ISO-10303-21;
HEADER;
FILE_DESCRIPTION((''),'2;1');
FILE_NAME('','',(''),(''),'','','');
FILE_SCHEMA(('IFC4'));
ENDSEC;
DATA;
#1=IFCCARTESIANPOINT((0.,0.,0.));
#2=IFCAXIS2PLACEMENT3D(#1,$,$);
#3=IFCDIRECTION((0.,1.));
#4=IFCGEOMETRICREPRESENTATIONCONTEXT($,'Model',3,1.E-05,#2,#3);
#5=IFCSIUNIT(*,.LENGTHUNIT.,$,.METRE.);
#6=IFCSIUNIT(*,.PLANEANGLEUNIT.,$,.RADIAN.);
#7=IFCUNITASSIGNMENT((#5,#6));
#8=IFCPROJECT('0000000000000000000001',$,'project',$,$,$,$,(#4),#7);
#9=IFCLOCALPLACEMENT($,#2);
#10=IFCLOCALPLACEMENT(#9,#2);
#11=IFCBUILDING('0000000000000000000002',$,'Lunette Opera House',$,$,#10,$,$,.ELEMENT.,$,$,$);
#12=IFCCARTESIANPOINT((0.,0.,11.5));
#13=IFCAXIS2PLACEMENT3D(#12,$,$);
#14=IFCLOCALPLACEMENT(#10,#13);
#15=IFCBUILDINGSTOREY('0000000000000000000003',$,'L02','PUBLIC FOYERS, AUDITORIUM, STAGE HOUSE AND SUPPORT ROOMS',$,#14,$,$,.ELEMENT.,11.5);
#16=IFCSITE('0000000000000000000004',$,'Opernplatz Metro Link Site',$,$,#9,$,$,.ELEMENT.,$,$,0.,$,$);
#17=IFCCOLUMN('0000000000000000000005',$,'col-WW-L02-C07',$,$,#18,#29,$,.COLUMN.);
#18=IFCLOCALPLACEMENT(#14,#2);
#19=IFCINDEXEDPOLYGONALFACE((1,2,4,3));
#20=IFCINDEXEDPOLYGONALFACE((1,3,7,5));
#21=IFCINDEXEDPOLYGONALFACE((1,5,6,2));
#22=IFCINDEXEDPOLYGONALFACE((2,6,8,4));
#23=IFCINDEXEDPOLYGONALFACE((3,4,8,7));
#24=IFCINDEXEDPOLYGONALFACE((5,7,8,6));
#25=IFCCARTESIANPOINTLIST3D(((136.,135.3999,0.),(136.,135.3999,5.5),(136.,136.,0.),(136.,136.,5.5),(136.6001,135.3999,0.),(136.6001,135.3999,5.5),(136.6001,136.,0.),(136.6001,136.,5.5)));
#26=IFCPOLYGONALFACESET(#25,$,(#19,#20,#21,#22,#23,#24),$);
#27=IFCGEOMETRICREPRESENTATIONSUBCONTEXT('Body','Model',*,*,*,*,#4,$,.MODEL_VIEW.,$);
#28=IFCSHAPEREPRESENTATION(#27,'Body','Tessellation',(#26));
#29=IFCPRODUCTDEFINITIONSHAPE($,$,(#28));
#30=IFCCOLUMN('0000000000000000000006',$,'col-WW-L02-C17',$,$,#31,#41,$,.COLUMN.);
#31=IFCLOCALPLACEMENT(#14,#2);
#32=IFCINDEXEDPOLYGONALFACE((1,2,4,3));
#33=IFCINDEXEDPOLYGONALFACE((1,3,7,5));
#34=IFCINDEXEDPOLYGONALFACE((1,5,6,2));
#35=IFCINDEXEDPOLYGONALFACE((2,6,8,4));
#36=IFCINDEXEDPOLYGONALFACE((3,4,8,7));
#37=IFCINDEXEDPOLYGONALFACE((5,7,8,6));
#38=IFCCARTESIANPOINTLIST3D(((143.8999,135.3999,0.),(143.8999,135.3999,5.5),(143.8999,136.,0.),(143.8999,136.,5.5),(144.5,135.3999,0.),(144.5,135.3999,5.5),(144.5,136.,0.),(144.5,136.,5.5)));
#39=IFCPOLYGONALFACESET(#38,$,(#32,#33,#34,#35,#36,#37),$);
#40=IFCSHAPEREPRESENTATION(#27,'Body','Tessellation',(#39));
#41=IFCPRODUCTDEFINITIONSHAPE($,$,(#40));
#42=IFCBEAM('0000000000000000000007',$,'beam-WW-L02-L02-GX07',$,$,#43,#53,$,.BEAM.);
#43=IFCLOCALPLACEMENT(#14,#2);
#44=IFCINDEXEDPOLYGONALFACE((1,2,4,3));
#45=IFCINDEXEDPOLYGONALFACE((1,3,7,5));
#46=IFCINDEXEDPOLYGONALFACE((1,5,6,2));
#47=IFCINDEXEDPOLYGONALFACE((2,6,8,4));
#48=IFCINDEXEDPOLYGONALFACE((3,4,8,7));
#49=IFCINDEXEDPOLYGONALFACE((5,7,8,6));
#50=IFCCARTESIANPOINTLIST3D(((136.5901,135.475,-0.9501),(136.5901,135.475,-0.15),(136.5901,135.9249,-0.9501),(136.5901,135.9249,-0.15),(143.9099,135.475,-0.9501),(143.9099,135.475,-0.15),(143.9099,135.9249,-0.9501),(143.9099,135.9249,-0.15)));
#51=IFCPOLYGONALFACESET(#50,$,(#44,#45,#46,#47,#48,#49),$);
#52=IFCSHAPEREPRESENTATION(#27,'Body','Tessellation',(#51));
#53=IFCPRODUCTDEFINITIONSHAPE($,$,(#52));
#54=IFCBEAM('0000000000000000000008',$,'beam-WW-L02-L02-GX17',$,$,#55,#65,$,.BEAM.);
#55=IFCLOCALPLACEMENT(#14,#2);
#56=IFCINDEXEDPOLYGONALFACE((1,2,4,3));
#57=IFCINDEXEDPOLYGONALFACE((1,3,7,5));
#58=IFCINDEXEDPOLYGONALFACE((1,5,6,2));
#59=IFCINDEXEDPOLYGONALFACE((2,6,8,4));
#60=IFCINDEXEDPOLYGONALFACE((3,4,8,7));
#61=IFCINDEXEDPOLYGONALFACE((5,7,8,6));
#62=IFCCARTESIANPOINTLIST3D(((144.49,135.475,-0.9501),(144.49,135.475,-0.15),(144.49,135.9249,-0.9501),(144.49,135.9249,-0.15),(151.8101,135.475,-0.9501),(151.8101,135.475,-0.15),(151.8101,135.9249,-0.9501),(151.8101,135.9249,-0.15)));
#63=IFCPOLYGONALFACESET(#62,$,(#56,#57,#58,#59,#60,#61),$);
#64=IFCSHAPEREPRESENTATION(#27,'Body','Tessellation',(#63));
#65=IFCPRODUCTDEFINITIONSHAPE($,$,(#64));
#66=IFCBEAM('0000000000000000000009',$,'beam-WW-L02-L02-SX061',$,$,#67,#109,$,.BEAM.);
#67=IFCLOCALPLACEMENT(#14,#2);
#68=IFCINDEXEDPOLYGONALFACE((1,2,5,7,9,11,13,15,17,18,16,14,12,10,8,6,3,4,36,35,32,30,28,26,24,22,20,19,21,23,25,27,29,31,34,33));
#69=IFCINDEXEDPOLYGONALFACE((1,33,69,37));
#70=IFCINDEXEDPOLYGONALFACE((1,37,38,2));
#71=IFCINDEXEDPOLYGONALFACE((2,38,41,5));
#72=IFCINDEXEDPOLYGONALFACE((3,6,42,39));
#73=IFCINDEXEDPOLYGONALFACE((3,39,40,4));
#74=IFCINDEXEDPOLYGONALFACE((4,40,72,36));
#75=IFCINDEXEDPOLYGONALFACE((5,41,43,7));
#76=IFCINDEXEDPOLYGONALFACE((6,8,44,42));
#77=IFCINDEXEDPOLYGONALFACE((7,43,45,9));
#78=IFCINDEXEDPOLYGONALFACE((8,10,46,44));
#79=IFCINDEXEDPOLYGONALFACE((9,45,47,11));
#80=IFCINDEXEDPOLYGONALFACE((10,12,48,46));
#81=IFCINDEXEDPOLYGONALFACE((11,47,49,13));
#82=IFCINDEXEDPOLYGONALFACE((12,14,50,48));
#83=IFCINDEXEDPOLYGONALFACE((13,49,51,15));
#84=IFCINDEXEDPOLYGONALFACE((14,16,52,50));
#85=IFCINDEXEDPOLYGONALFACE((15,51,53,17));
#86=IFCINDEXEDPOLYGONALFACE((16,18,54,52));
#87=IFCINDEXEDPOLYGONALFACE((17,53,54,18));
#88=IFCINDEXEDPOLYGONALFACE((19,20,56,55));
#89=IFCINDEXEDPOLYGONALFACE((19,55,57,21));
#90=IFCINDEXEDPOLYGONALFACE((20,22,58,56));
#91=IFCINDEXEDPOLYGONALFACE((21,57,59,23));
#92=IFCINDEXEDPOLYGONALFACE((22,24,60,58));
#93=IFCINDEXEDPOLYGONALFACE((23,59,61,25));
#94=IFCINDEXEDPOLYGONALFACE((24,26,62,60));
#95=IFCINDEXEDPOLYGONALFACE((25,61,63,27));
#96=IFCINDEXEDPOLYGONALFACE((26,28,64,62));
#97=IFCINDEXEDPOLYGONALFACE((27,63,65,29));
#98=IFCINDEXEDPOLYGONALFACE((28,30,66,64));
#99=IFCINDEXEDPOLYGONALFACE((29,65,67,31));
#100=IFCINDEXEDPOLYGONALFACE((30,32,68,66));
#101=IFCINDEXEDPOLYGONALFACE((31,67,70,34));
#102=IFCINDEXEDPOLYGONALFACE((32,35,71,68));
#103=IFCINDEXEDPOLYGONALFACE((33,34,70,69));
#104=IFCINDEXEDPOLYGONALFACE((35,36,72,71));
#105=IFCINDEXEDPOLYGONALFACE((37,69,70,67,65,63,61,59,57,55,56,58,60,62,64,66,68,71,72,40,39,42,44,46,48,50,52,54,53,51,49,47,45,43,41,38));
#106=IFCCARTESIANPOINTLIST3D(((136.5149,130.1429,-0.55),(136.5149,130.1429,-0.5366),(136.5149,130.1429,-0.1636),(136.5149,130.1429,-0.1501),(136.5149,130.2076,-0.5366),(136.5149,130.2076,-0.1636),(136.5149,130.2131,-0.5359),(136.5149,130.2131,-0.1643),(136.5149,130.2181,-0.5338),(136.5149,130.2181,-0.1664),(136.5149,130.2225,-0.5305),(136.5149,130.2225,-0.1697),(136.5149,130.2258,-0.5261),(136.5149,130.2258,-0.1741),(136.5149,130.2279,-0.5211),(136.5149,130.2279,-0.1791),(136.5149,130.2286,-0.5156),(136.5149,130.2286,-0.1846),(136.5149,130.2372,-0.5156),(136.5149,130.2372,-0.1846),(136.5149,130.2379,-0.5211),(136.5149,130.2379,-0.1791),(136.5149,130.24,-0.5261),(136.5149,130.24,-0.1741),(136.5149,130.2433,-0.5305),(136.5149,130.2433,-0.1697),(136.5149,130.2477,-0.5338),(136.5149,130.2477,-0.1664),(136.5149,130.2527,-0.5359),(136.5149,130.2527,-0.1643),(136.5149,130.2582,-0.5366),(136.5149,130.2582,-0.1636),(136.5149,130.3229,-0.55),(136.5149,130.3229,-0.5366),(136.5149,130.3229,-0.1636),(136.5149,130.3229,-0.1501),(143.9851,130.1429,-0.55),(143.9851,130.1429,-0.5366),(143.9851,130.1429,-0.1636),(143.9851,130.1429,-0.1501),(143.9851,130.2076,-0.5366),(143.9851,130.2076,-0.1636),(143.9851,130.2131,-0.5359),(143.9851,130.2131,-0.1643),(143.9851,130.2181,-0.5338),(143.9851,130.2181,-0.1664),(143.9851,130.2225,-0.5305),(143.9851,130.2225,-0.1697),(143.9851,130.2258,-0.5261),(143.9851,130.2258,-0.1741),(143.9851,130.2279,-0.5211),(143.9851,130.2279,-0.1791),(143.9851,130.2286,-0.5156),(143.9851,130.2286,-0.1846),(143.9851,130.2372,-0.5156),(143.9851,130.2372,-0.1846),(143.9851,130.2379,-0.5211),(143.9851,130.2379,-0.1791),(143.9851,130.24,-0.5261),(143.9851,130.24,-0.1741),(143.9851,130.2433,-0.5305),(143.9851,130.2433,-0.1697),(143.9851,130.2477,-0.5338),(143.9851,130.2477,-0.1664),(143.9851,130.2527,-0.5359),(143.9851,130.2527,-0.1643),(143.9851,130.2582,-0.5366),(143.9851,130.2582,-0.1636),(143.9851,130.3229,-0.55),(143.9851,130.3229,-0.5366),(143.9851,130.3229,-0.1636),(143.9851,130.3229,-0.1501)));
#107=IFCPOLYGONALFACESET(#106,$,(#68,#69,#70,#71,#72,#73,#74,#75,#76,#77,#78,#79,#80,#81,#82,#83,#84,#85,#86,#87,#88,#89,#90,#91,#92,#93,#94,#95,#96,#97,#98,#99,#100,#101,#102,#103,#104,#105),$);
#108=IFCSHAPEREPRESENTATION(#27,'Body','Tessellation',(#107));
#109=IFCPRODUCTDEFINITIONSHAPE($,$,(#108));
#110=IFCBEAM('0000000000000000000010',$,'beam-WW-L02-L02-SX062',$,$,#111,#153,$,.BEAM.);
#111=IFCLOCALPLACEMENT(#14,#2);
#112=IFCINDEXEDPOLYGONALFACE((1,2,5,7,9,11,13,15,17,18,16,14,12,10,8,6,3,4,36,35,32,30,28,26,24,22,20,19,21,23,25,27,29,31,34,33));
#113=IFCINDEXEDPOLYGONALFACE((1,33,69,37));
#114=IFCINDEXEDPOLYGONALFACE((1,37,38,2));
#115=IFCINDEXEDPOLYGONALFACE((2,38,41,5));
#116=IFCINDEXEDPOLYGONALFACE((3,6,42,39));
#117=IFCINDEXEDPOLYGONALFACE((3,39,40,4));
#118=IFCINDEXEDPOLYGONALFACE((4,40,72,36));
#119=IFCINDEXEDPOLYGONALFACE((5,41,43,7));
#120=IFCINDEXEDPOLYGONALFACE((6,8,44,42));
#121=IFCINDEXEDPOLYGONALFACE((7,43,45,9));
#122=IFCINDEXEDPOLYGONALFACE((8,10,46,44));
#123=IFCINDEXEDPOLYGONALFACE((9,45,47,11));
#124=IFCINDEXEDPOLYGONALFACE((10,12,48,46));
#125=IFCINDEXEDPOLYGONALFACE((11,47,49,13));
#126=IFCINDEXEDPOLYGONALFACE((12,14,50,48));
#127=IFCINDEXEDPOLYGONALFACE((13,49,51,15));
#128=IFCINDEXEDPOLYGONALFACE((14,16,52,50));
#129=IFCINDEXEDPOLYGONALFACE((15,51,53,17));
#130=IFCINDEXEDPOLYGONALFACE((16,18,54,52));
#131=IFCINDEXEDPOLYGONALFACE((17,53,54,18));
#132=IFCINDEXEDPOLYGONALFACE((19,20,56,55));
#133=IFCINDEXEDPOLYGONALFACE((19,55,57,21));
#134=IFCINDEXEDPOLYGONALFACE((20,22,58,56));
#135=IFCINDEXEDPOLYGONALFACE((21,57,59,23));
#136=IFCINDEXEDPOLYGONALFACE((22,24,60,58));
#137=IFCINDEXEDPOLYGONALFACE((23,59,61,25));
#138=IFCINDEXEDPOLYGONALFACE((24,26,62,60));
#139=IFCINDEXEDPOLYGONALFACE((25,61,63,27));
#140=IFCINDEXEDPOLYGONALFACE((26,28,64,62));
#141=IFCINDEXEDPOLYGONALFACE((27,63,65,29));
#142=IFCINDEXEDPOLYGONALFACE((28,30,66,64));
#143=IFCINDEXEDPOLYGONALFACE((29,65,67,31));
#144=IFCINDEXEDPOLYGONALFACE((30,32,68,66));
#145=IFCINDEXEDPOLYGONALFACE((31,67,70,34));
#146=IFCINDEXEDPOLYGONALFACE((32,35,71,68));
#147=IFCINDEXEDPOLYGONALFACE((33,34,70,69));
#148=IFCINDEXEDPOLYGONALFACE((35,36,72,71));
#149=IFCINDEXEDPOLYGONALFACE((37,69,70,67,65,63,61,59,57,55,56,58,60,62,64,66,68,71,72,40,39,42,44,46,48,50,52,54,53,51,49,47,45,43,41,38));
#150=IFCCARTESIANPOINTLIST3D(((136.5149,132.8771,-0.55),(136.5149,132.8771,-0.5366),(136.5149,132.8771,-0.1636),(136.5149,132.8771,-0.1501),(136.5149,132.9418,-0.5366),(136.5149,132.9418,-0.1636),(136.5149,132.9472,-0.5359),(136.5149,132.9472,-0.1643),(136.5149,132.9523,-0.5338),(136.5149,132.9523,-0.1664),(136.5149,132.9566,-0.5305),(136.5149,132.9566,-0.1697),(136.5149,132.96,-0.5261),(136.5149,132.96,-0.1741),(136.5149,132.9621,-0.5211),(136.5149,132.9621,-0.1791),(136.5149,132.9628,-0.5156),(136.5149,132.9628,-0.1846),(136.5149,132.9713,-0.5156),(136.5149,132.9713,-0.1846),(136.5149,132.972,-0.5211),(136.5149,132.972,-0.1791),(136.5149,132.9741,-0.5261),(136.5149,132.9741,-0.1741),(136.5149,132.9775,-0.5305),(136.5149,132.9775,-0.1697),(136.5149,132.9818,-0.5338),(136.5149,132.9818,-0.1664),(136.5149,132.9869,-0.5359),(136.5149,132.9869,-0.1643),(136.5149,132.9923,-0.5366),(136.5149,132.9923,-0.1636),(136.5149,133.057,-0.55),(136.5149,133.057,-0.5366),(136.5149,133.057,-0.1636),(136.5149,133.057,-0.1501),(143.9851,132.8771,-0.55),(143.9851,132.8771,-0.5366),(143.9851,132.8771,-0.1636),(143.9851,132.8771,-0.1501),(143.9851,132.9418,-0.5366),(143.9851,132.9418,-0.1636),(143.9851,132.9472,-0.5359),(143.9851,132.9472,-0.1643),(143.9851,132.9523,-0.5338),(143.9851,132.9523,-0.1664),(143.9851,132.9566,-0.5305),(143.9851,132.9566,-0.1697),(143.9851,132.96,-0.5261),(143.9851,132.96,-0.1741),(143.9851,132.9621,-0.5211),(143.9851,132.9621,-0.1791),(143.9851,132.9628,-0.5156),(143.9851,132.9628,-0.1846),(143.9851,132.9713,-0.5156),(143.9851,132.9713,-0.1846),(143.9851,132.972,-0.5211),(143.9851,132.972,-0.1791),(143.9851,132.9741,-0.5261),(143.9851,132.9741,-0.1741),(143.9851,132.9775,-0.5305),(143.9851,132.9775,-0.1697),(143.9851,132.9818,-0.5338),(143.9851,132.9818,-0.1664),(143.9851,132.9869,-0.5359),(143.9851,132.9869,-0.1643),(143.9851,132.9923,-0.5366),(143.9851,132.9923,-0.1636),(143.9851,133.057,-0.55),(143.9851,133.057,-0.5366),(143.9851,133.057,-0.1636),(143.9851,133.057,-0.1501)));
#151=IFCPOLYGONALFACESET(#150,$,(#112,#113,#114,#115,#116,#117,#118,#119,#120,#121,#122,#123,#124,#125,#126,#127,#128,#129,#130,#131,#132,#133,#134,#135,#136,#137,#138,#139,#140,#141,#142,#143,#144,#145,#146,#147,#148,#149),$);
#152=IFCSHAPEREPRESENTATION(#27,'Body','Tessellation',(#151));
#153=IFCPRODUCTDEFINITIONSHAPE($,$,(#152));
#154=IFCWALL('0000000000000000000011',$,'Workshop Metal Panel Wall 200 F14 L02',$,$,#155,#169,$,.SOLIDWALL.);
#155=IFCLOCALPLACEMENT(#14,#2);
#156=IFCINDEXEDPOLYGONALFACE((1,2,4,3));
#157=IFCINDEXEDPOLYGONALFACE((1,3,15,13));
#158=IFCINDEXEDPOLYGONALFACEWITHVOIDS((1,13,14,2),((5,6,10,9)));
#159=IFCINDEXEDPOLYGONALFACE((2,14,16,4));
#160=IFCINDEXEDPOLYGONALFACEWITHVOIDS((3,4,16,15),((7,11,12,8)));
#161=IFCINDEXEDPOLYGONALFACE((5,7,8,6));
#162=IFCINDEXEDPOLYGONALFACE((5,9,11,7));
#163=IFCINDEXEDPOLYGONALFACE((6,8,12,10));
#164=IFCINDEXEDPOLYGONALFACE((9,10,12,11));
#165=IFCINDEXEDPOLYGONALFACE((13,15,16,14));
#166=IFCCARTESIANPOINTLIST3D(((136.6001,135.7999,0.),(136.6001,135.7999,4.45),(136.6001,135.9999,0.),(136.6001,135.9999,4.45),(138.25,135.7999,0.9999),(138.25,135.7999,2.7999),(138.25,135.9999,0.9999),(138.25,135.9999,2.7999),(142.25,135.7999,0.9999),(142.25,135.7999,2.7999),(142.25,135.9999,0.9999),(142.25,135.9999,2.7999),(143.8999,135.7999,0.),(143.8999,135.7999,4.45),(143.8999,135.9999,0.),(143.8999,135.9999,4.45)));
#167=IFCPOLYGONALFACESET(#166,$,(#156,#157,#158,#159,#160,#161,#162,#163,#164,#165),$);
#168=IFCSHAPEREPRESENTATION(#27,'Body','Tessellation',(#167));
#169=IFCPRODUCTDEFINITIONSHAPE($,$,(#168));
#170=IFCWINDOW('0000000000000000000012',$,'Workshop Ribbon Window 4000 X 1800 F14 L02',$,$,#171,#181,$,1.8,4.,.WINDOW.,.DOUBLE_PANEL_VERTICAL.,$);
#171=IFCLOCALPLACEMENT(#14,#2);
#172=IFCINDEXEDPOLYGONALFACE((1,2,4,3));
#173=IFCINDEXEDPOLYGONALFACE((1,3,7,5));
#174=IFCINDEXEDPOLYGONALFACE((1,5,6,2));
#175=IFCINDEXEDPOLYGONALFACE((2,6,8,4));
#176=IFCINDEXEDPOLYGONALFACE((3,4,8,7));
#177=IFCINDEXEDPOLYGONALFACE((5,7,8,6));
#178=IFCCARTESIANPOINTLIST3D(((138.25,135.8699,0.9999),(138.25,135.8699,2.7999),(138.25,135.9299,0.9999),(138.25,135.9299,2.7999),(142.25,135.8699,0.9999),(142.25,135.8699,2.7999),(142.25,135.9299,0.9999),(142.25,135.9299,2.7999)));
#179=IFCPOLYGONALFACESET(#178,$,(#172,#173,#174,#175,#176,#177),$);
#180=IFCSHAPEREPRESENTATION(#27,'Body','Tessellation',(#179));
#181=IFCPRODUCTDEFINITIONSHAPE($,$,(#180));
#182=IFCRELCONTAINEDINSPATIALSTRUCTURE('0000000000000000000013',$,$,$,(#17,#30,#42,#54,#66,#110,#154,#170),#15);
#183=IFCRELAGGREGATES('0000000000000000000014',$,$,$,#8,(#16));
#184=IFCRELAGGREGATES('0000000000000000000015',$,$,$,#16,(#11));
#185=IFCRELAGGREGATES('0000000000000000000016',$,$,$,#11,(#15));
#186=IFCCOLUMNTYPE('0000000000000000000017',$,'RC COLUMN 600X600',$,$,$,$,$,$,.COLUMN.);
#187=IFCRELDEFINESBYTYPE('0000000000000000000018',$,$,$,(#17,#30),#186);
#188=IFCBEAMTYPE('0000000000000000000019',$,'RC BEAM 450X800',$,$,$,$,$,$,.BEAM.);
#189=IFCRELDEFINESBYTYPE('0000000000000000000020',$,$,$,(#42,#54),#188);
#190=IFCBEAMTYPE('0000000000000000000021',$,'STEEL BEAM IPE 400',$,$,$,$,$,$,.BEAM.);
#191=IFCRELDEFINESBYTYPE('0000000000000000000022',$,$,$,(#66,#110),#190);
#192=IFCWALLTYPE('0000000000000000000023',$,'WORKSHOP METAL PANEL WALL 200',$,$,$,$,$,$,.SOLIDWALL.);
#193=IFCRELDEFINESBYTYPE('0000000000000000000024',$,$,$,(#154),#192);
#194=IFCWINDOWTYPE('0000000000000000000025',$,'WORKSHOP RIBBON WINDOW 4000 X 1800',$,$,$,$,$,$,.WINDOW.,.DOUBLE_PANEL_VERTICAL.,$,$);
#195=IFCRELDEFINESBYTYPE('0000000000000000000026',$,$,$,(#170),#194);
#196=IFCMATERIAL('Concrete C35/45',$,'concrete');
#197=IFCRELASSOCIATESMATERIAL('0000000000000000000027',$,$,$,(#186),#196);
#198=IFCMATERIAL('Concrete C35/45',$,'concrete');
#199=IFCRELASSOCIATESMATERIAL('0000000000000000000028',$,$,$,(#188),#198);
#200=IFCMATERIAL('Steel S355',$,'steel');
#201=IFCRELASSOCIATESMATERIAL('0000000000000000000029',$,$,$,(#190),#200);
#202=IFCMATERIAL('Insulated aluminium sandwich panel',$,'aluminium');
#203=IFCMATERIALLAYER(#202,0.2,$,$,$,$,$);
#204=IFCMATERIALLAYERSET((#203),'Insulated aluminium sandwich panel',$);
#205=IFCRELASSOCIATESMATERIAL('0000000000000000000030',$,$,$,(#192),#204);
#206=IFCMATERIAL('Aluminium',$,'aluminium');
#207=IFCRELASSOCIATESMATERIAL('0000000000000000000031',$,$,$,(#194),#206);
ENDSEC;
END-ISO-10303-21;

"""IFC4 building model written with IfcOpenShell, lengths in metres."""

from ifc_helpers import new_model, si_unit, direction, frame, frame_2d, origin, origin_2d, place, context, subcontext, project, spatial, rectangle, i_section, extrude, material, layer, layer_set, material_profile, profile_set, type_object, element, fill, save


model = new_model("IFC4")

# Units and contexts
model_context = context("Model", 3, precision=1e-05, world=origin(), true_north=direction((0.0, 1.0)))
body_context = subcontext(model_context, "Body", "Model", "MODEL_VIEW")
ifc_project = project(units=[si_unit("LENGTHUNIT", "METRE"), si_unit("PLANEANGLEUNIT", "RADIAN")], contexts=[model_context])

# Site, building, storey
site_placement = place(None, origin())
site = spatial("IfcSite", under=ifc_project, at=site_placement, Name="Opernplatz Metro Link Site", CompositionType="ELEMENT", RefElevation=0.0)
building_placement = place(site_placement, origin())
building = spatial("IfcBuilding", under=site, at=building_placement, Name="Lunette Opera House", CompositionType="ELEMENT")
storey_placement = place(building_placement, frame((0.0, 0.0, 11.5)))
storey = spatial("IfcBuildingStorey", under=building, at=storey_placement, Name="L02", Description="PUBLIC FOYERS, AUDITORIUM, STAGE HOUSE AND SUPPORT ROOMS", CompositionType="ELEMENT", Elevation=11.5)

# Columns
ifc_material_1 = material(Name="Concrete C35/45", Category="concrete")
ifc_material_profile_1 = material_profile(ifc_material_1, rectangle(XDim=0.6001, YDim=0.6001, at=origin_2d()), Name="RC COLUMN 600X600")
ifc_profile_set_1 = profile_set([ifc_material_profile_1], Name="Concrete C35/45")
column_type = type_object("IfcColumnType", Name="RC COLUMN 600X600", PredefinedType="COLUMN", material=ifc_profile_set_1)
for number, where, z_axis, x_axis, name in (
    (1, (136.3, 135.7, 0.0), (0.0, 0.0, 1.0), (1.0, 0.0, 0.0), "col-WW-L02-C07"),
    (2, (144.2, 135.7, 0.0), (0.0, 0.0, 1.0), (1.0, 0.0, 0.0), "col-WW-L02-C17"),
):
    element("IfcColumn", number, at=place(storey_placement, frame(where, z_axis=z_axis, x_axis=x_axis)), inside=storey, type_object=column_type, Name=name, PredefinedType="COLUMN", context=body_context, shape_type="SweptSolid", body=[
        extrude(rectangle(XDim=0.6001, YDim=0.6001, at=origin_2d()), origin(), (0.0, 0.0, 1.0), 5.5),
    ])

# Beams
ifc_material_2 = material(Name="Concrete C35/45", Category="concrete")
ifc_material_profile_2 = material_profile(ifc_material_2, rectangle(XDim=0.45, YDim=0.8, at=origin_2d()), Name="RC BEAM 450X800")
ifc_profile_set_2 = profile_set([ifc_material_profile_2], Name="Concrete C35/45")
beam_type_1 = type_object("IfcBeamType", Name="RC BEAM 450X800", PredefinedType="BEAM", material=ifc_profile_set_2)
beam_1_placement = place(storey_placement, frame((136.5901, 135.7, -0.55), z_axis=(1.0, 0.0, 0.0), x_axis=(0.0, 1.0, 0.0)))
element("IfcBeam", 3, at=beam_1_placement, inside=storey, type_object=beam_type_1, Name="beam-WW-L02-L02-GX07", PredefinedType="BEAM", context=body_context, shape_type="SweptSolid", body=[
    extrude(rectangle(XDim=0.45, YDim=0.8, at=origin_2d()), origin(), (0.0, 0.0, 1.0), 7.3198),
])
beam_2_placement = place(storey_placement, frame((144.49, 135.7, -0.55), z_axis=(1.0, 0.0, 0.0), x_axis=(0.0, 1.0, 0.0)))
element("IfcBeam", 4, at=beam_2_placement, inside=storey, type_object=beam_type_1, Name="beam-WW-L02-L02-GX17", PredefinedType="BEAM", context=body_context, shape_type="SweptSolid", body=[
    extrude(rectangle(XDim=0.45, YDim=0.8, at=origin_2d()), origin(), (0.0, 0.0, 1.0), 7.3201),
])
ifc_material_3 = material(Name="Steel S355", Category="steel")
ifc_material_profile_3 = material_profile(ifc_material_3, i_section(OverallWidth=0.1799, OverallDepth=0.3999, WebThickness=0.0085, FlangeThickness=0.0134, FilletRadius=0.021, at=origin_2d()), Name="IPE 400")
ifc_profile_set_3 = profile_set([ifc_material_profile_3], Name="Steel S355")
beam_type_2 = type_object("IfcBeamType", Name="STEEL BEAM IPE 400", PredefinedType="BEAM", material=ifc_profile_set_3)
for number, where, z_axis, x_axis, name in (
    (5, (136.5149, 130.2329, -0.3501), (1.0, 0.0, 0.0), (0.0, 1.0, 0.0), "beam-WW-L02-L02-SX061"),
    (6, (136.5149, 132.967, -0.3501), (1.0, 0.0, 0.0), (0.0, 1.0, 0.0), "beam-WW-L02-L02-SX062"),
):
    element("IfcBeam", number, at=place(storey_placement, frame(where, z_axis=z_axis, x_axis=x_axis)), inside=storey, type_object=beam_type_2, Name=name, PredefinedType="BEAM", context=body_context, shape_type="SweptSolid", body=[
        extrude(i_section(OverallWidth=0.1799, OverallDepth=0.3999, WebThickness=0.0085, FlangeThickness=0.0134, FilletRadius=0.021, at=origin_2d()), origin(), (0.0, 0.0, 1.0), 7.4702),
    ])

# Wall, opening, window
ifc_material_4 = material(Name="Insulated aluminium sandwich panel", Category="aluminium")
ifc_layer_1 = layer(ifc_material_4, 0.2)
ifc_layer_set_1 = layer_set([ifc_layer_1], Name="Insulated aluminium sandwich panel")
wall_type = type_object("IfcWallType", Name="WORKSHOP METAL PANEL WALL 200", PredefinedType="SOLIDWALL", material=ifc_layer_set_1)
wall_1_placement = place(storey_placement, frame((143.8999, 135.8999, 0.0), z_axis=(0.0, 0.0, 1.0), x_axis=(-1.0, 0.0, 0.0)))
wall_1 = element("IfcWall", 7, at=wall_1_placement, inside=storey, type_object=wall_type, Name="Workshop Metal Panel Wall 200 F14 L02", PredefinedType="SOLIDWALL", context=body_context, shape_type="SweptSolid", body=[
    extrude(rectangle(XDim=7.2998, YDim=0.2, at=frame_2d((3.6499, 0.0))), origin(), (0.0, 0.0, 1.0), 4.45),
])
opening_1_placement = place(wall_1_placement, frame((1.6499, 0.0, 1.0)))
opening_1 = element("IfcOpeningElement", 8, at=opening_1_placement, cuts=wall_1, PredefinedType="OPENING", context=body_context, shape_type="SweptSolid", body=[
    extrude(rectangle(XDim=4.0, YDim=1.8, at=frame_2d((2.0, 0.8999))), frame((0.0, 0.1121, 0.0), z_axis=(0.0, -1.0, 0.0), x_axis=(1.0, 0.0, 0.0)), (0.0, 0.0, 1.0), 0.2239),
])
ifc_material_5 = material(Name="Aluminium", Category="aluminium")
window_type = type_object("IfcWindowType", Name="WORKSHOP RIBBON WINDOW 4000 X 1800", PartitioningType="DOUBLE_PANEL_VERTICAL", PredefinedType="WINDOW", material=ifc_material_5)
window_1_placement = place(opening_1_placement, origin())
window_1 = element("IfcWindow", 9, at=window_1_placement, inside=storey, type_object=window_type, Name="Workshop Ribbon Window 4000 X 1800 F14 L02", OverallHeight=1.8, OverallWidth=4.0, PartitioningType="DOUBLE_PANEL_VERTICAL", PredefinedType="WINDOW", context=body_context, shape_type="SweptSolid", body=[
    extrude(rectangle(XDim=4.0, YDim=1.8, at=frame_2d((2.0, 0.8999))), frame((0.0, 0.03, 0.0), z_axis=(0.0, -1.0, 0.0), x_axis=(1.0, 0.0, 0.0)), (0.0, 0.0, 1.0), 0.0601),
])
fill(opening_1, window_1)

save(model, "model.ifc")
